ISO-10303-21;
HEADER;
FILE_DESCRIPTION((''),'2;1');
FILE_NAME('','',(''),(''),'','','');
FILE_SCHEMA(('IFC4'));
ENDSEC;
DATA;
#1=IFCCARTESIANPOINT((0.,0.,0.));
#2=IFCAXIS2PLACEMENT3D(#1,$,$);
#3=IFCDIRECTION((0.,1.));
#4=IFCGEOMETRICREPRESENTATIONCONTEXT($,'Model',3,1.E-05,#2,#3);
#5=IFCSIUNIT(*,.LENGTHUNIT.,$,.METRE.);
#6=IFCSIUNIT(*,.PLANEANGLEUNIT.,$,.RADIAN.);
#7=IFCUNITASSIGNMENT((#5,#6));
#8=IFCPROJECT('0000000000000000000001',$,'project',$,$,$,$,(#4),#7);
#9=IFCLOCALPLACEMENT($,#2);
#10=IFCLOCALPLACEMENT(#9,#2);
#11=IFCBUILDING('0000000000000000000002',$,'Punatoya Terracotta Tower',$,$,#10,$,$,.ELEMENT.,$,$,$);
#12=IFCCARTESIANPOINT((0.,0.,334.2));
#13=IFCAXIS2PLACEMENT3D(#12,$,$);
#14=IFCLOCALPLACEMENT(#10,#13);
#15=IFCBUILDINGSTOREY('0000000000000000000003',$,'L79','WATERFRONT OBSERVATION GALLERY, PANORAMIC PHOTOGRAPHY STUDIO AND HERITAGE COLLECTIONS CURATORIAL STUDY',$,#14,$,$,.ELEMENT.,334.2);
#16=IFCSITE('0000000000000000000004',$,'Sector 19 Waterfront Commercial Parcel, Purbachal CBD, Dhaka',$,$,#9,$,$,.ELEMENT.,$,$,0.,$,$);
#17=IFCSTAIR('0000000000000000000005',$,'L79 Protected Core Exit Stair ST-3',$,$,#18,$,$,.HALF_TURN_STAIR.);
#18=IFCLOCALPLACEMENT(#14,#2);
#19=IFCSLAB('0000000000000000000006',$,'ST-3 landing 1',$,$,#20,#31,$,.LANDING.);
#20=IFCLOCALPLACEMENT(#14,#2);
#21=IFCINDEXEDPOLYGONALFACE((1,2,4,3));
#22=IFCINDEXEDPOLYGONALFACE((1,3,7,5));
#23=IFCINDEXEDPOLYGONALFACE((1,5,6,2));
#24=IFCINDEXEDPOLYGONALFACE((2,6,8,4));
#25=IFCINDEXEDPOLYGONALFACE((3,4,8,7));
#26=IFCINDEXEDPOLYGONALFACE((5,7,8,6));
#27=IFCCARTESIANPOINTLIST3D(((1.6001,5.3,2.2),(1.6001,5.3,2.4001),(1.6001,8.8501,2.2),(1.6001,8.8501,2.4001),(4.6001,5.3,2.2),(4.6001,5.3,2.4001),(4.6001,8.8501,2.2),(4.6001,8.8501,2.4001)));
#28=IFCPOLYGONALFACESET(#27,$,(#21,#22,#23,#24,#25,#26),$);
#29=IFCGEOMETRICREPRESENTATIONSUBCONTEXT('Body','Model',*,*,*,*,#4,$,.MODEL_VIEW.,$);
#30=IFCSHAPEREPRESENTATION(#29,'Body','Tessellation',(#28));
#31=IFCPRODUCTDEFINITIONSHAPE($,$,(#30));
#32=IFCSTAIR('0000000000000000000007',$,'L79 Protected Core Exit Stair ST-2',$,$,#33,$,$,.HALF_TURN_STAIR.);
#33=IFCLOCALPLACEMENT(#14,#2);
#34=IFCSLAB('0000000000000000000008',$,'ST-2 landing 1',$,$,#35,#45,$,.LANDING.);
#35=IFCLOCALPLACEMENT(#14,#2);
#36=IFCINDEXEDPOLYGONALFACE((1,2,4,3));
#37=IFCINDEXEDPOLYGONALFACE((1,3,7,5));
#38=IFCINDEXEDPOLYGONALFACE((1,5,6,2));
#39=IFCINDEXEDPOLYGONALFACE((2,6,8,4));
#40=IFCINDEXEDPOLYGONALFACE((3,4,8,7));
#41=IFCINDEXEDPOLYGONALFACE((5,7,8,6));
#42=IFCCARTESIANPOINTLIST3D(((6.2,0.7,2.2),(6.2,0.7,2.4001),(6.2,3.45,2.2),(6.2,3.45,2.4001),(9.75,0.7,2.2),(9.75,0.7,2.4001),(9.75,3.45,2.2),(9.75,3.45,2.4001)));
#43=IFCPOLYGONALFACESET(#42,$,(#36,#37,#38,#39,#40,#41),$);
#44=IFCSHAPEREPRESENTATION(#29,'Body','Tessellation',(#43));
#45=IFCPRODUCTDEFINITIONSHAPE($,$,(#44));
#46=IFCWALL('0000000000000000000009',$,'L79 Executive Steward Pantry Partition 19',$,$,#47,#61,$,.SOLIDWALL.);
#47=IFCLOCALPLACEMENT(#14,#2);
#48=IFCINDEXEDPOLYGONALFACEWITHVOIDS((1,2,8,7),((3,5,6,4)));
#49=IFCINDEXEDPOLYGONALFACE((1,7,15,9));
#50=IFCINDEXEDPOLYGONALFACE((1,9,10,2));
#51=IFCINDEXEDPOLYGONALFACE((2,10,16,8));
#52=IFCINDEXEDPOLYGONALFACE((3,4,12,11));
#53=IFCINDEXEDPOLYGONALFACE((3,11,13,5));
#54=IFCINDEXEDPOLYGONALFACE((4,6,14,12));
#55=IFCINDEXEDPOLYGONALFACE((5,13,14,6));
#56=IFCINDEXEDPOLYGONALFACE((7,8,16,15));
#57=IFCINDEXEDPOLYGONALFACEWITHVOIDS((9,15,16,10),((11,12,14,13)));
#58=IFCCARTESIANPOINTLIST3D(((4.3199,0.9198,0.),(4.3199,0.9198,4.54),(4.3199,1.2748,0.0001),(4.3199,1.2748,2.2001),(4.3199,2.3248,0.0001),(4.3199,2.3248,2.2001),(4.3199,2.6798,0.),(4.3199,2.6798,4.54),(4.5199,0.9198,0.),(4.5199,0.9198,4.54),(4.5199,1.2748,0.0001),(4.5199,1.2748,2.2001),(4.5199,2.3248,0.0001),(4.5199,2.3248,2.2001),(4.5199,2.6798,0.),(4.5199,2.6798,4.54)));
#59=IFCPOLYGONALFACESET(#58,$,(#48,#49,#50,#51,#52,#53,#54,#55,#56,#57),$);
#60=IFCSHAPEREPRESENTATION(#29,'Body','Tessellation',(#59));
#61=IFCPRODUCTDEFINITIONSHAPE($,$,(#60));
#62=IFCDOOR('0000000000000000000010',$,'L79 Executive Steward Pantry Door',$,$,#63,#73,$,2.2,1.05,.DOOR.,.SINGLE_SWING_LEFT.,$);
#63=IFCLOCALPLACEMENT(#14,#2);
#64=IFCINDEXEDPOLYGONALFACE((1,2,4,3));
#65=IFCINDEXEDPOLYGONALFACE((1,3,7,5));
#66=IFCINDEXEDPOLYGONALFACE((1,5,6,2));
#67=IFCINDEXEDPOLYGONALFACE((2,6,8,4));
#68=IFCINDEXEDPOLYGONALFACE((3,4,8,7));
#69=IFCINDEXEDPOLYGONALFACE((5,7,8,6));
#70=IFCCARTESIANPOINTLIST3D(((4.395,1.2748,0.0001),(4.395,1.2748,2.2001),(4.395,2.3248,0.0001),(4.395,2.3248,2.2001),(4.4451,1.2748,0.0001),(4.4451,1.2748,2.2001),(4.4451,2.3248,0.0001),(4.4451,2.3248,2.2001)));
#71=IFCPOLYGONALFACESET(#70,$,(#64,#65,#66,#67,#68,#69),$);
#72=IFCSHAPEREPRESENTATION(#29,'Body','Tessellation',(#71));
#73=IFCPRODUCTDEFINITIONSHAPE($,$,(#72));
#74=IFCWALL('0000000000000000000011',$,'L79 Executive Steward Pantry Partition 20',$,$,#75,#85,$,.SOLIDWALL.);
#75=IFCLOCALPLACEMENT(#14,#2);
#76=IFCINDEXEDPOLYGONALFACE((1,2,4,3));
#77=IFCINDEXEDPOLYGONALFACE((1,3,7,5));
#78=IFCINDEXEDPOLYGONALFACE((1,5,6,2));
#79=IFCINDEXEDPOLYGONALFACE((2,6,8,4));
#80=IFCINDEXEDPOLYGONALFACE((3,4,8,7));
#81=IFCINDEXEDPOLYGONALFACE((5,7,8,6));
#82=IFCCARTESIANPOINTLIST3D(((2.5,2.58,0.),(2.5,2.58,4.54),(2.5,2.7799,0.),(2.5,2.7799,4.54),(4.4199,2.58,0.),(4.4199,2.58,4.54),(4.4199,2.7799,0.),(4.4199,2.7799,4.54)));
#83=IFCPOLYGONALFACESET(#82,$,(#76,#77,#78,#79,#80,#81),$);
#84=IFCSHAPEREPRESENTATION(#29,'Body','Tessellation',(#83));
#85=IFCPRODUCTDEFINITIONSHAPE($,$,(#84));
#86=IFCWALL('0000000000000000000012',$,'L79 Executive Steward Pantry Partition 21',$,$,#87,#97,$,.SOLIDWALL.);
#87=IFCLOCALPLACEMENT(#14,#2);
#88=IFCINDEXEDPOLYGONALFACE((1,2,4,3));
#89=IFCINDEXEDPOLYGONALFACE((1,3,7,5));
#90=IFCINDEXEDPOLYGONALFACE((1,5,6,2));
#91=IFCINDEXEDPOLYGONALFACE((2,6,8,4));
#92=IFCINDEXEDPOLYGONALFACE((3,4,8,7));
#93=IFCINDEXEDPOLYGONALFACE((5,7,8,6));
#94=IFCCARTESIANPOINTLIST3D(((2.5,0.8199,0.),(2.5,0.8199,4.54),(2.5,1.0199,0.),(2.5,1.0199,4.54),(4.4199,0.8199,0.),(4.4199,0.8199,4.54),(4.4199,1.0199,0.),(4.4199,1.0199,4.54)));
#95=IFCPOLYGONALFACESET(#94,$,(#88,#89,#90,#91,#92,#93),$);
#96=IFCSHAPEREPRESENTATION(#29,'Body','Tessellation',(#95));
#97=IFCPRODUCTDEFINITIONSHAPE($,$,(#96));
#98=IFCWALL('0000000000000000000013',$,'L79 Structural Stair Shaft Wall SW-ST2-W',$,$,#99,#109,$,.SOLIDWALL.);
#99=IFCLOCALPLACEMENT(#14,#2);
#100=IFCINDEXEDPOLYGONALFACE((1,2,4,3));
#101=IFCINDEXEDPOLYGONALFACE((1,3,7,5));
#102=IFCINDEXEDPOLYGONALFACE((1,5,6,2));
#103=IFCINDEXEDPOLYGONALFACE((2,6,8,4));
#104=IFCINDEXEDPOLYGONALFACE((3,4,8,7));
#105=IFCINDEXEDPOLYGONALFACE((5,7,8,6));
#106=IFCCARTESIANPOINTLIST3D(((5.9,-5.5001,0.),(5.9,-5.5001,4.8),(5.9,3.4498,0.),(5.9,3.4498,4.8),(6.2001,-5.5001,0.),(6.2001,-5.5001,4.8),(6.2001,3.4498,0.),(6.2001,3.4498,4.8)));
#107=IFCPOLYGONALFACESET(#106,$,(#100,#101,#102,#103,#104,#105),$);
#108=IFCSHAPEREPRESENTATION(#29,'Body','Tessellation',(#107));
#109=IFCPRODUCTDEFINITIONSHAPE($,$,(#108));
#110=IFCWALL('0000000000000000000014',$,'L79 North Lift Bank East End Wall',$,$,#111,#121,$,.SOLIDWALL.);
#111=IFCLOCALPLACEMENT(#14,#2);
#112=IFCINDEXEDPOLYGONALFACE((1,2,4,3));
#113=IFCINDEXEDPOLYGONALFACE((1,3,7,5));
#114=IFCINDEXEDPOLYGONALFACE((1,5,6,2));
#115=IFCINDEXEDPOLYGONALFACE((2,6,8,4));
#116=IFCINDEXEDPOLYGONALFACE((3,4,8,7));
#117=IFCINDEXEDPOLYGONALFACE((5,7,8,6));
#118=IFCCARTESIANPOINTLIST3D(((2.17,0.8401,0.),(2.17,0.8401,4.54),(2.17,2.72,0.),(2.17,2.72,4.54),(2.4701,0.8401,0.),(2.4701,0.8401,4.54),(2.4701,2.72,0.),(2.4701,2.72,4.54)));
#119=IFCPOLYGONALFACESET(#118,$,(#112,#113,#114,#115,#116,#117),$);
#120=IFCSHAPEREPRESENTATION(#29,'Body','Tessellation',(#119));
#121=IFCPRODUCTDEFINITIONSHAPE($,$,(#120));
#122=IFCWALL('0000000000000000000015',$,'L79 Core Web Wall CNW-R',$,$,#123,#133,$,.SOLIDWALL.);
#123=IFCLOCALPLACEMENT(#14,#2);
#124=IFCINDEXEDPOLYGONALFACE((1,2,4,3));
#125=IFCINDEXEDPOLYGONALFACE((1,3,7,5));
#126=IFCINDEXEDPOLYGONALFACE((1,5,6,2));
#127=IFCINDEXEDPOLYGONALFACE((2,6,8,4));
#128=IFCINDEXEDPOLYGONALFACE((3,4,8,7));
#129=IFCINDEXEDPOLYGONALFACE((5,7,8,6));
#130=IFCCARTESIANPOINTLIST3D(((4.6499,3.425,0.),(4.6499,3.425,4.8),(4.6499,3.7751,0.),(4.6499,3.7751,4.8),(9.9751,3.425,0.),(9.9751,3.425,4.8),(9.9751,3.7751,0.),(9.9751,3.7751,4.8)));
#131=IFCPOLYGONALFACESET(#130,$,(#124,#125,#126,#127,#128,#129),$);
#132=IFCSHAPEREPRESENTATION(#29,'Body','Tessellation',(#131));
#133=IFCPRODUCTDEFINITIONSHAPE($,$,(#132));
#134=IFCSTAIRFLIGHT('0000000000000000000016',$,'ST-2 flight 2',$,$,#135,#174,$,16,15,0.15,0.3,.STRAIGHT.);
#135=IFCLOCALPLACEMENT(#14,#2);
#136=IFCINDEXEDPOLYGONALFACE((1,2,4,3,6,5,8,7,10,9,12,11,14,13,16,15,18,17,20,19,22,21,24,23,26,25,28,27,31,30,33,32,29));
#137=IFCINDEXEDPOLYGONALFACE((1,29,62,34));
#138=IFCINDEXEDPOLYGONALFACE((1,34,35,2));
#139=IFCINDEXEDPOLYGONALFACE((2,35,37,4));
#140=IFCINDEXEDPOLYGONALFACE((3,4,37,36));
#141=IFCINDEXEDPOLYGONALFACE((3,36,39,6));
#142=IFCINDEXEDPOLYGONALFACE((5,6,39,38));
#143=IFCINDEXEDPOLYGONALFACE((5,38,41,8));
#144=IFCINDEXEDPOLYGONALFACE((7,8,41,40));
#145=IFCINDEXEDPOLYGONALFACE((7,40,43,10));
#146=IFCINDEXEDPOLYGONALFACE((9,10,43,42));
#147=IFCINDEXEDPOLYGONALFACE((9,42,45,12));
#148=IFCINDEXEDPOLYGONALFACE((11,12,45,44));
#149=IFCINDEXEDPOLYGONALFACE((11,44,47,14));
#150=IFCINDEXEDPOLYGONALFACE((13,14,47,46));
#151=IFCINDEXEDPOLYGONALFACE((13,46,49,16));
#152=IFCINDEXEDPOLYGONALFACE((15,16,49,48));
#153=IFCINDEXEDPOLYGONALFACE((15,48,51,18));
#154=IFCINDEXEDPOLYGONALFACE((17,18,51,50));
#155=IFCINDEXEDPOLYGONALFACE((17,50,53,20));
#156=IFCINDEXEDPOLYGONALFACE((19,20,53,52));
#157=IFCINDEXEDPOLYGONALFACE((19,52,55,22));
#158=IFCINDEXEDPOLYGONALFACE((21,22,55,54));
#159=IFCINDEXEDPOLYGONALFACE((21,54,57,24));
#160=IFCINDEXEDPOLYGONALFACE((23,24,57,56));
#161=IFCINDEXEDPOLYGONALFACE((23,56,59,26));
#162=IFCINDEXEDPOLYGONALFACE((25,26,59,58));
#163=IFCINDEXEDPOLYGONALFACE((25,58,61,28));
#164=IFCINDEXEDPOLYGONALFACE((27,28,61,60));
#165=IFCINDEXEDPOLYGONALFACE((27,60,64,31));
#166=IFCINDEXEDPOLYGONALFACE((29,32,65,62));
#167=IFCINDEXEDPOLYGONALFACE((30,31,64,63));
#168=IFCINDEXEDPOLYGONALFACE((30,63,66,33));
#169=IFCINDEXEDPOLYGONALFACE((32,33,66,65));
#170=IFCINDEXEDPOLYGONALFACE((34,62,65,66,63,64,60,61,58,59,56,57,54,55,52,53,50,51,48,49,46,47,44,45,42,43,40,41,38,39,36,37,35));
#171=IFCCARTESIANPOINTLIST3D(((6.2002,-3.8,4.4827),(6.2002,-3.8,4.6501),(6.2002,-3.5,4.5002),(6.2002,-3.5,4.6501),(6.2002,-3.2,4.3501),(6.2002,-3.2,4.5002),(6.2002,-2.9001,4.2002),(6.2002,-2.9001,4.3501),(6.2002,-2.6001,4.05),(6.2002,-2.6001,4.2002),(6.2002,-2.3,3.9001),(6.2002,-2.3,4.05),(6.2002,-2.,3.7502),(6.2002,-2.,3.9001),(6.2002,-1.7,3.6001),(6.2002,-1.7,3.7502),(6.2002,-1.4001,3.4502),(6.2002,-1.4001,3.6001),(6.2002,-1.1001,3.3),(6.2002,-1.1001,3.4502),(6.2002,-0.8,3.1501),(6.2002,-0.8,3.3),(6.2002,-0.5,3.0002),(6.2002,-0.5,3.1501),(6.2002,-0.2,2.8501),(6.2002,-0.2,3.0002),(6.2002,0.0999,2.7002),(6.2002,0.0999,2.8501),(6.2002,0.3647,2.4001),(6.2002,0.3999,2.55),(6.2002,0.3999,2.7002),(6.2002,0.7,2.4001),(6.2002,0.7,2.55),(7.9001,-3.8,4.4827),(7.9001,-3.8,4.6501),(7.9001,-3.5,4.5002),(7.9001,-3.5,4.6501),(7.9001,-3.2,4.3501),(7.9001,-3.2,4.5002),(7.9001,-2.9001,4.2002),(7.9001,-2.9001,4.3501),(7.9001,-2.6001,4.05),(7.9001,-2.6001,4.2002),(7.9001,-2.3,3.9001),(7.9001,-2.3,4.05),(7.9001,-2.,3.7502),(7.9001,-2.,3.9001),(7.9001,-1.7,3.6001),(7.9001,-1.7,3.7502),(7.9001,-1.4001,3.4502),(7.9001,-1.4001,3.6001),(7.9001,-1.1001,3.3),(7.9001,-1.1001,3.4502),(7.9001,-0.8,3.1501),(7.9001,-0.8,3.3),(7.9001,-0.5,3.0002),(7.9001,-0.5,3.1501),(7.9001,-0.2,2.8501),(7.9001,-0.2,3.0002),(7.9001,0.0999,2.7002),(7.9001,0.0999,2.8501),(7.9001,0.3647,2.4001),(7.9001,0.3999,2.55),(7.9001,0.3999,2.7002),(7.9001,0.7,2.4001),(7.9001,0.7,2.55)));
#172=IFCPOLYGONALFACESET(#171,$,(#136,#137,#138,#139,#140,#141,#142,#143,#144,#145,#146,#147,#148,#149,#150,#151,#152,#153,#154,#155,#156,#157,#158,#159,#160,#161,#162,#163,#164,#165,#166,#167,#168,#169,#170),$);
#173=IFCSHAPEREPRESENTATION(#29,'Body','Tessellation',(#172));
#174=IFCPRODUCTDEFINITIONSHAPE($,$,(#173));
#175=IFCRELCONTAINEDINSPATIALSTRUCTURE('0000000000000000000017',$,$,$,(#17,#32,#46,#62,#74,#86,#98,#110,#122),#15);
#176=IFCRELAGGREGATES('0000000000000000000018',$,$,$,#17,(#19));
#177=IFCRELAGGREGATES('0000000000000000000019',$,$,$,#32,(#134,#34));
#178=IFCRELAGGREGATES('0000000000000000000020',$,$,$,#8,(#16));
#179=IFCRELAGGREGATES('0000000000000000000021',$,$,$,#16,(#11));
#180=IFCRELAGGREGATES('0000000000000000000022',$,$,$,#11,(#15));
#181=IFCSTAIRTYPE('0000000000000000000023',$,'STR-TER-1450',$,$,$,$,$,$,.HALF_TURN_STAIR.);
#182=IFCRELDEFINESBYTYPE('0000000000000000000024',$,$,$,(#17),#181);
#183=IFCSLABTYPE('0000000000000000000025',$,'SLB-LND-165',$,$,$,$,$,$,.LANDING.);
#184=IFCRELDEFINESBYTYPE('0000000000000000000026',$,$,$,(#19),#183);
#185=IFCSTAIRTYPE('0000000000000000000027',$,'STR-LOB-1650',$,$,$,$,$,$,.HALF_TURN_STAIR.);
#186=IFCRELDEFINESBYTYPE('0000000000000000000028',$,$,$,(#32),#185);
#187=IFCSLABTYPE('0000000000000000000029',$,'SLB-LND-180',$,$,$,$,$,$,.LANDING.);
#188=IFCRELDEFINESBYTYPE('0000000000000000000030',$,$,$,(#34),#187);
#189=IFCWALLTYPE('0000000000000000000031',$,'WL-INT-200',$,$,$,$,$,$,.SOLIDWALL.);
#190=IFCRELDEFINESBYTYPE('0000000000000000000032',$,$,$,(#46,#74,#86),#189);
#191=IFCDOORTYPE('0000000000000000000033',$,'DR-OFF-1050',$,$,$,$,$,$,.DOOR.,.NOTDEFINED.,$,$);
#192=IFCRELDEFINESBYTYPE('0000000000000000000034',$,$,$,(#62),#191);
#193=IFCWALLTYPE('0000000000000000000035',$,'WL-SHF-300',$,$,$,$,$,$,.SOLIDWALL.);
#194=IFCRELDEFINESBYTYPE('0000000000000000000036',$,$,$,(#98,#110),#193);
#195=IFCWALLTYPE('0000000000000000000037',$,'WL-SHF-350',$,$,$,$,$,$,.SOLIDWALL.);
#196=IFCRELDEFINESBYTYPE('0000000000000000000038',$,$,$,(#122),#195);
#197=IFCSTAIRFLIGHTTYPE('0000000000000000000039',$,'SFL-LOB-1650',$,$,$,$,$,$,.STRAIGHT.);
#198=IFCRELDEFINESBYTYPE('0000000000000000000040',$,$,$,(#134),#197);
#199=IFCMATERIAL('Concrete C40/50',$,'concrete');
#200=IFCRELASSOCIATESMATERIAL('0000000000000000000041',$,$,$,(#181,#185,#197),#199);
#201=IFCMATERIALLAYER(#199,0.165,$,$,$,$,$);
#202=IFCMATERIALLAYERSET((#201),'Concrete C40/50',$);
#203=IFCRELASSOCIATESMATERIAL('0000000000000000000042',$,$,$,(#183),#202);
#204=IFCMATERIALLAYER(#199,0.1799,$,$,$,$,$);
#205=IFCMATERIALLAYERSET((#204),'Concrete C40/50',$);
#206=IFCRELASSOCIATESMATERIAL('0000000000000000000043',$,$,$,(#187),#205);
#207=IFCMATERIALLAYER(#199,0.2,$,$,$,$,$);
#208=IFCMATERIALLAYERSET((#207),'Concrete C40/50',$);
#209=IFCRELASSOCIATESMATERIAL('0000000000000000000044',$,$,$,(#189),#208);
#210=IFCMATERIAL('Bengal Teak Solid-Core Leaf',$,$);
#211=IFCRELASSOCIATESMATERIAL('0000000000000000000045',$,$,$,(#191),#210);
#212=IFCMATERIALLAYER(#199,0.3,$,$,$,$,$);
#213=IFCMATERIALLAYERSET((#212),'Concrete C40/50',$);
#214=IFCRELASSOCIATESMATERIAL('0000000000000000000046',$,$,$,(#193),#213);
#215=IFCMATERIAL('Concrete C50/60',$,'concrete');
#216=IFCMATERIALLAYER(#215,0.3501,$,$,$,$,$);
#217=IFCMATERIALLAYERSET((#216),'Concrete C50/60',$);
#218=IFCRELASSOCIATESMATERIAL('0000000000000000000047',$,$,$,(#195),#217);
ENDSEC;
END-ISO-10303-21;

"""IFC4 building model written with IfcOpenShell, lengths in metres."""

from ifc_helpers import new_model, si_unit, direction, frame, frame_2d, origin, place, context, subcontext, project, spatial, polyline, rectangle, outline, extrude, material, layer, layer_set, type_object, element, fill, aggregate, save


model = new_model("IFC4")

# Units and contexts
model_context = context("Model", 3, precision=1e-05, world=origin(), true_north=direction((0.0, 1.0)))
body_context = subcontext(model_context, "Body", "Model", "MODEL_VIEW")
ifc_project = project(units=[si_unit("LENGTHUNIT", "METRE"), si_unit("PLANEANGLEUNIT", "RADIAN")], contexts=[model_context])

# Site, building, storey
site_placement = place(None, origin())
site = spatial("IfcSite", under=ifc_project, at=site_placement, Name="Sector 19 Waterfront Commercial Parcel, Purbachal CBD, Dhaka", CompositionType="ELEMENT", RefElevation=0.0)
building_placement = place(site_placement, origin())
building = spatial("IfcBuilding", under=site, at=building_placement, Name="Punatoya Terracotta Tower", CompositionType="ELEMENT")
storey_placement = place(building_placement, frame((0.0, 0.0, 334.2)))
storey = spatial("IfcBuildingStorey", under=building, at=storey_placement, Name="L79", Description="WATERFRONT OBSERVATION GALLERY, PANORAMIC PHOTOGRAPHY STUDIO AND HERITAGE COLLECTIONS CURATORIAL STUDY", CompositionType="ELEMENT", Elevation=334.2)

# Stairs, slabs
ifc_material_1 = material(Name="Concrete C40/50", Category="concrete")
stair_type_1 = type_object("IfcStairType", Name="STR-TER-1450", PredefinedType="HALF_TURN_STAIR", material=ifc_material_1)
stair_1_placement = place(storey_placement, origin())
stair_1 = element("IfcStair", 1, at=stair_1_placement, inside=storey, type_object=stair_type_1, Name="L79 Protected Core Exit Stair ST-3", PredefinedType="HALF_TURN_STAIR")
ifc_layer_1 = layer(ifc_material_1, 0.165)
ifc_layer_set_1 = layer_set([ifc_layer_1], Name="Concrete C40/50")
slab_type_1 = type_object("IfcSlabType", Name="SLB-LND-165", PredefinedType="LANDING", material=ifc_layer_set_1)
slab_1_placement = place(storey_placement, frame((0.0, 0.0, 2.2)))
slab_1 = element("IfcSlab", 2, at=slab_1_placement, type_object=slab_type_1, Name="ST-3 landing 1", PredefinedType="LANDING", context=body_context, shape_type="SweptSolid", body=[
    extrude(outline(polyline([(1.6001, 5.3), (4.6001, 5.3), (4.6001, 8.8501), (1.6001, 8.8501), (1.6001, 5.3)])), origin(), (0.0, 0.0, 1.0), 0.2002),
])
aggregate(stair_1, [slab_1])
stair_type_2 = type_object("IfcStairType", Name="STR-LOB-1650", PredefinedType="HALF_TURN_STAIR", material=ifc_material_1)
stair_2_placement = place(storey_placement, origin())
stair_2 = element("IfcStair", 3, at=stair_2_placement, inside=storey, type_object=stair_type_2, Name="L79 Protected Core Exit Stair ST-2", PredefinedType="HALF_TURN_STAIR")
ifc_layer_2 = layer(ifc_material_1, 0.1799)
ifc_layer_set_2 = layer_set([ifc_layer_2], Name="Concrete C40/50")
slab_type_2 = type_object("IfcSlabType", Name="SLB-LND-180", PredefinedType="LANDING", material=ifc_layer_set_2)
slab_2_placement = place(storey_placement, frame((0.0, 0.0, 2.2)))
slab_2 = element("IfcSlab", 4, at=slab_2_placement, type_object=slab_type_2, Name="ST-2 landing 1", PredefinedType="LANDING", context=body_context, shape_type="SweptSolid", body=[
    extrude(outline(polyline([(9.75, 0.7), (9.75, 3.45), (6.2, 3.45), (6.2, 0.7), (9.75, 0.7)])), origin(), (0.0, 0.0, 1.0), 0.2002),
])

# Wall, opening, door
ifc_layer_3 = layer(ifc_material_1, 0.2)
ifc_layer_set_3 = layer_set([ifc_layer_3], Name="Concrete C40/50")
wall_type_1 = type_object("IfcWallType", Name="WL-INT-200", PredefinedType="SOLIDWALL", material=ifc_layer_set_3)
wall_1_placement = place(storey_placement, frame((4.4199, 0.9199, 0.0), z_axis=(0.0, 0.0, 1.0), x_axis=(0.0, 1.0, 0.0)))
wall_1 = element("IfcWall", 5, at=wall_1_placement, inside=storey, type_object=wall_type_1, Name="L79 Executive Steward Pantry Partition 19", PredefinedType="SOLIDWALL", context=body_context, shape_type="SweptSolid", body=[
    extrude(rectangle(XDim=1.76, YDim=0.2, at=frame_2d((0.8799, 0.0))), origin(), (0.0, 0.0, 1.0), 4.54),
])
opening_placement = place(wall_1_placement, frame((0.355, 0.0, 0.0)))
opening = element("IfcOpeningElement", 6, at=opening_placement, cuts=wall_1, PredefinedType="OPENING", context=body_context, shape_type="SweptSolid", body=[
    extrude(rectangle(XDim=1.05, YDim=2.2, at=frame_2d((0.5249, 1.1001))), frame((0.0, 0.1099, 0.0), z_axis=(0.0, -1.0, 0.0), x_axis=(1.0, 0.0, 0.0)), (0.0, 0.0, 1.0), 0.22),
])
ifc_material_2 = material(Name="Bengal Teak Solid-Core Leaf")
door_type = type_object("IfcDoorType", Name="DR-OFF-1050", OperationType="NOTDEFINED", PredefinedType="DOOR", material=ifc_material_2)
door_placement = place(opening_placement, origin())
door = element("IfcDoor", 7, at=door_placement, inside=storey, type_object=door_type, Name="L79 Executive Steward Pantry Door", OperationType="SINGLE_SWING_LEFT", OverallHeight=2.2, OverallWidth=1.05, PredefinedType="DOOR", context=body_context, shape_type="SweptSolid", body=[
    extrude(rectangle(XDim=1.05, YDim=2.2, at=frame_2d((0.5249, 1.1001))), frame((0.0, 0.0249, 0.0), z_axis=(0.0, -1.0, 0.0), x_axis=(1.0, 0.0, 0.0)), (0.0, 0.0, 1.0), 0.05),
])
fill(opening, door)

# Walls
for number, where, z_axis, x_axis, name in (
    (8, (4.4199, 2.6799, 0.0), (0.0, 0.0, 1.0), (-1.0, 0.0, 0.0), "L79 Executive Steward Pantry Partition 20"),
    (9, (2.5, 0.9199, 0.0), (0.0, 0.0, 1.0), (1.0, 0.0, 0.0), "L79 Executive Steward Pantry Partition 21"),
):
    element("IfcWall", number, at=place(storey_placement, frame(where, z_axis=z_axis, x_axis=x_axis)), inside=storey, type_object=wall_type_1, Name=name, PredefinedType="SOLIDWALL", context=body_context, shape_type="SweptSolid", body=[
        extrude(rectangle(XDim=1.9199, YDim=0.2, at=frame_2d((0.96, 0.0))), origin(), (0.0, 0.0, 1.0), 4.54),
    ])
ifc_layer_4 = layer(ifc_material_1, 0.3)
ifc_layer_set_4 = layer_set([ifc_layer_4], Name="Concrete C40/50")
wall_type_2 = type_object("IfcWallType", Name="WL-SHF-300", PredefinedType="SOLIDWALL", material=ifc_layer_set_4)
wall_2_placement = place(storey_placement, frame((6.05, 3.45, 0.0), z_axis=(0.0, 0.0, 1.0), x_axis=(0.0, -1.0, 0.0)))
element("IfcWall", 10, at=wall_2_placement, inside=storey, type_object=wall_type_2, Name="L79 Structural Stair Shaft Wall SW-ST2-W", PredefinedType="SOLIDWALL", context=body_context, shape_type="SweptSolid", body=[
    extrude(rectangle(XDim=8.95, YDim=0.3, at=frame_2d((4.4751, 0.0))), origin(), (0.0, 0.0, 1.0), 4.8),
])
wall_3_placement = place(storey_placement, frame((2.3201, 0.8401, 0.0), z_axis=(0.0, 0.0, 1.0), x_axis=(0.0, 1.0, 0.0)))
element("IfcWall", 11, at=wall_3_placement, inside=storey, type_object=wall_type_2, Name="L79 North Lift Bank East End Wall", PredefinedType="SOLIDWALL", context=body_context, shape_type="SweptSolid", body=[
    extrude(rectangle(XDim=1.8799, YDim=0.3, at=frame_2d((0.9399, 0.0))), origin(), (0.0, 0.0, 1.0), 4.54),
])
ifc_material_3 = material(Name="Concrete C50/60", Category="concrete")
ifc_layer_5 = layer(ifc_material_3, 0.3501)
ifc_layer_set_5 = layer_set([ifc_layer_5], Name="Concrete C50/60")
wall_type_3 = type_object("IfcWallType", Name="WL-SHF-350", PredefinedType="SOLIDWALL", material=ifc_layer_set_5)
wall_4_placement = place(storey_placement, frame((4.6499, 3.6001, 0.0), z_axis=(0.0, 0.0, 1.0), x_axis=(1.0, 0.0, 0.0)))
element("IfcWall", 12, at=wall_4_placement, inside=storey, type_object=wall_type_3, Name="L79 Core Web Wall CNW-R", PredefinedType="SOLIDWALL", context=body_context, shape_type="SweptSolid", body=[
    extrude(rectangle(XDim=5.3252, YDim=0.3501, at=frame_2d((2.6626, 0.0))), origin(), (0.0, 0.0, 1.0), 4.8),
])

# Stair flight
stair_flight_type = type_object("IfcStairFlightType", Name="SFL-LOB-1650", PredefinedType="STRAIGHT", material=ifc_material_1)
stair_flight_placement = place(storey_placement, frame((7.05, 0.7, 2.4001), z_axis=(0.0, 0.0, 1.0), x_axis=(0.0, -1.0, 0.0)))
stair_flight = element("IfcStairFlight", 13, at=stair_flight_placement, type_object=stair_flight_type, Name="ST-2 flight 2", NumberOfRisers=16, NumberOfTreads=15, PredefinedType="STRAIGHT", RiserHeight=0.15, TreadLength=0.3, context=body_context, shape_type="SweptSolid", body=[
    extrude(outline(polyline([(0.0, 0.0), (0.0, 0.1499), (0.3, 0.1499), (0.3, 0.3), (0.6001, 0.3), (0.6001, 0.45), (0.8999, 0.45), (0.8999, 0.6001), (1.2, 0.6001), (1.2, 0.75), (1.5, 0.75), (1.5, 0.8999), (1.8, 0.8999), (1.8, 1.05), (2.1001, 1.05), (2.1001, 1.2), (2.3999, 1.2), (2.3999, 1.3501), (2.7, 1.3501), (2.7, 1.5), (3.0, 1.5), (3.0, 1.6499), (3.3, 1.6499), (3.3, 1.8), (3.6001, 1.8), (3.6001, 1.95), (3.8999, 1.95), (3.8999, 2.1001), (4.2, 2.1001), (4.2, 2.25), (4.5, 2.25), (4.5, 2.3999), (4.5, 2.0825), (0.3352, 0.0), (0.0, 0.0)])), frame((0.0, 0.8501, 0.0), z_axis=(0.0, -1.0, 0.0), x_axis=(1.0, 0.0, 0.0)), (0.0, 0.0, 1.0), 1.7),
])
aggregate(stair_2, [stair_flight, slab_2])

save(model, "model.ifc")
